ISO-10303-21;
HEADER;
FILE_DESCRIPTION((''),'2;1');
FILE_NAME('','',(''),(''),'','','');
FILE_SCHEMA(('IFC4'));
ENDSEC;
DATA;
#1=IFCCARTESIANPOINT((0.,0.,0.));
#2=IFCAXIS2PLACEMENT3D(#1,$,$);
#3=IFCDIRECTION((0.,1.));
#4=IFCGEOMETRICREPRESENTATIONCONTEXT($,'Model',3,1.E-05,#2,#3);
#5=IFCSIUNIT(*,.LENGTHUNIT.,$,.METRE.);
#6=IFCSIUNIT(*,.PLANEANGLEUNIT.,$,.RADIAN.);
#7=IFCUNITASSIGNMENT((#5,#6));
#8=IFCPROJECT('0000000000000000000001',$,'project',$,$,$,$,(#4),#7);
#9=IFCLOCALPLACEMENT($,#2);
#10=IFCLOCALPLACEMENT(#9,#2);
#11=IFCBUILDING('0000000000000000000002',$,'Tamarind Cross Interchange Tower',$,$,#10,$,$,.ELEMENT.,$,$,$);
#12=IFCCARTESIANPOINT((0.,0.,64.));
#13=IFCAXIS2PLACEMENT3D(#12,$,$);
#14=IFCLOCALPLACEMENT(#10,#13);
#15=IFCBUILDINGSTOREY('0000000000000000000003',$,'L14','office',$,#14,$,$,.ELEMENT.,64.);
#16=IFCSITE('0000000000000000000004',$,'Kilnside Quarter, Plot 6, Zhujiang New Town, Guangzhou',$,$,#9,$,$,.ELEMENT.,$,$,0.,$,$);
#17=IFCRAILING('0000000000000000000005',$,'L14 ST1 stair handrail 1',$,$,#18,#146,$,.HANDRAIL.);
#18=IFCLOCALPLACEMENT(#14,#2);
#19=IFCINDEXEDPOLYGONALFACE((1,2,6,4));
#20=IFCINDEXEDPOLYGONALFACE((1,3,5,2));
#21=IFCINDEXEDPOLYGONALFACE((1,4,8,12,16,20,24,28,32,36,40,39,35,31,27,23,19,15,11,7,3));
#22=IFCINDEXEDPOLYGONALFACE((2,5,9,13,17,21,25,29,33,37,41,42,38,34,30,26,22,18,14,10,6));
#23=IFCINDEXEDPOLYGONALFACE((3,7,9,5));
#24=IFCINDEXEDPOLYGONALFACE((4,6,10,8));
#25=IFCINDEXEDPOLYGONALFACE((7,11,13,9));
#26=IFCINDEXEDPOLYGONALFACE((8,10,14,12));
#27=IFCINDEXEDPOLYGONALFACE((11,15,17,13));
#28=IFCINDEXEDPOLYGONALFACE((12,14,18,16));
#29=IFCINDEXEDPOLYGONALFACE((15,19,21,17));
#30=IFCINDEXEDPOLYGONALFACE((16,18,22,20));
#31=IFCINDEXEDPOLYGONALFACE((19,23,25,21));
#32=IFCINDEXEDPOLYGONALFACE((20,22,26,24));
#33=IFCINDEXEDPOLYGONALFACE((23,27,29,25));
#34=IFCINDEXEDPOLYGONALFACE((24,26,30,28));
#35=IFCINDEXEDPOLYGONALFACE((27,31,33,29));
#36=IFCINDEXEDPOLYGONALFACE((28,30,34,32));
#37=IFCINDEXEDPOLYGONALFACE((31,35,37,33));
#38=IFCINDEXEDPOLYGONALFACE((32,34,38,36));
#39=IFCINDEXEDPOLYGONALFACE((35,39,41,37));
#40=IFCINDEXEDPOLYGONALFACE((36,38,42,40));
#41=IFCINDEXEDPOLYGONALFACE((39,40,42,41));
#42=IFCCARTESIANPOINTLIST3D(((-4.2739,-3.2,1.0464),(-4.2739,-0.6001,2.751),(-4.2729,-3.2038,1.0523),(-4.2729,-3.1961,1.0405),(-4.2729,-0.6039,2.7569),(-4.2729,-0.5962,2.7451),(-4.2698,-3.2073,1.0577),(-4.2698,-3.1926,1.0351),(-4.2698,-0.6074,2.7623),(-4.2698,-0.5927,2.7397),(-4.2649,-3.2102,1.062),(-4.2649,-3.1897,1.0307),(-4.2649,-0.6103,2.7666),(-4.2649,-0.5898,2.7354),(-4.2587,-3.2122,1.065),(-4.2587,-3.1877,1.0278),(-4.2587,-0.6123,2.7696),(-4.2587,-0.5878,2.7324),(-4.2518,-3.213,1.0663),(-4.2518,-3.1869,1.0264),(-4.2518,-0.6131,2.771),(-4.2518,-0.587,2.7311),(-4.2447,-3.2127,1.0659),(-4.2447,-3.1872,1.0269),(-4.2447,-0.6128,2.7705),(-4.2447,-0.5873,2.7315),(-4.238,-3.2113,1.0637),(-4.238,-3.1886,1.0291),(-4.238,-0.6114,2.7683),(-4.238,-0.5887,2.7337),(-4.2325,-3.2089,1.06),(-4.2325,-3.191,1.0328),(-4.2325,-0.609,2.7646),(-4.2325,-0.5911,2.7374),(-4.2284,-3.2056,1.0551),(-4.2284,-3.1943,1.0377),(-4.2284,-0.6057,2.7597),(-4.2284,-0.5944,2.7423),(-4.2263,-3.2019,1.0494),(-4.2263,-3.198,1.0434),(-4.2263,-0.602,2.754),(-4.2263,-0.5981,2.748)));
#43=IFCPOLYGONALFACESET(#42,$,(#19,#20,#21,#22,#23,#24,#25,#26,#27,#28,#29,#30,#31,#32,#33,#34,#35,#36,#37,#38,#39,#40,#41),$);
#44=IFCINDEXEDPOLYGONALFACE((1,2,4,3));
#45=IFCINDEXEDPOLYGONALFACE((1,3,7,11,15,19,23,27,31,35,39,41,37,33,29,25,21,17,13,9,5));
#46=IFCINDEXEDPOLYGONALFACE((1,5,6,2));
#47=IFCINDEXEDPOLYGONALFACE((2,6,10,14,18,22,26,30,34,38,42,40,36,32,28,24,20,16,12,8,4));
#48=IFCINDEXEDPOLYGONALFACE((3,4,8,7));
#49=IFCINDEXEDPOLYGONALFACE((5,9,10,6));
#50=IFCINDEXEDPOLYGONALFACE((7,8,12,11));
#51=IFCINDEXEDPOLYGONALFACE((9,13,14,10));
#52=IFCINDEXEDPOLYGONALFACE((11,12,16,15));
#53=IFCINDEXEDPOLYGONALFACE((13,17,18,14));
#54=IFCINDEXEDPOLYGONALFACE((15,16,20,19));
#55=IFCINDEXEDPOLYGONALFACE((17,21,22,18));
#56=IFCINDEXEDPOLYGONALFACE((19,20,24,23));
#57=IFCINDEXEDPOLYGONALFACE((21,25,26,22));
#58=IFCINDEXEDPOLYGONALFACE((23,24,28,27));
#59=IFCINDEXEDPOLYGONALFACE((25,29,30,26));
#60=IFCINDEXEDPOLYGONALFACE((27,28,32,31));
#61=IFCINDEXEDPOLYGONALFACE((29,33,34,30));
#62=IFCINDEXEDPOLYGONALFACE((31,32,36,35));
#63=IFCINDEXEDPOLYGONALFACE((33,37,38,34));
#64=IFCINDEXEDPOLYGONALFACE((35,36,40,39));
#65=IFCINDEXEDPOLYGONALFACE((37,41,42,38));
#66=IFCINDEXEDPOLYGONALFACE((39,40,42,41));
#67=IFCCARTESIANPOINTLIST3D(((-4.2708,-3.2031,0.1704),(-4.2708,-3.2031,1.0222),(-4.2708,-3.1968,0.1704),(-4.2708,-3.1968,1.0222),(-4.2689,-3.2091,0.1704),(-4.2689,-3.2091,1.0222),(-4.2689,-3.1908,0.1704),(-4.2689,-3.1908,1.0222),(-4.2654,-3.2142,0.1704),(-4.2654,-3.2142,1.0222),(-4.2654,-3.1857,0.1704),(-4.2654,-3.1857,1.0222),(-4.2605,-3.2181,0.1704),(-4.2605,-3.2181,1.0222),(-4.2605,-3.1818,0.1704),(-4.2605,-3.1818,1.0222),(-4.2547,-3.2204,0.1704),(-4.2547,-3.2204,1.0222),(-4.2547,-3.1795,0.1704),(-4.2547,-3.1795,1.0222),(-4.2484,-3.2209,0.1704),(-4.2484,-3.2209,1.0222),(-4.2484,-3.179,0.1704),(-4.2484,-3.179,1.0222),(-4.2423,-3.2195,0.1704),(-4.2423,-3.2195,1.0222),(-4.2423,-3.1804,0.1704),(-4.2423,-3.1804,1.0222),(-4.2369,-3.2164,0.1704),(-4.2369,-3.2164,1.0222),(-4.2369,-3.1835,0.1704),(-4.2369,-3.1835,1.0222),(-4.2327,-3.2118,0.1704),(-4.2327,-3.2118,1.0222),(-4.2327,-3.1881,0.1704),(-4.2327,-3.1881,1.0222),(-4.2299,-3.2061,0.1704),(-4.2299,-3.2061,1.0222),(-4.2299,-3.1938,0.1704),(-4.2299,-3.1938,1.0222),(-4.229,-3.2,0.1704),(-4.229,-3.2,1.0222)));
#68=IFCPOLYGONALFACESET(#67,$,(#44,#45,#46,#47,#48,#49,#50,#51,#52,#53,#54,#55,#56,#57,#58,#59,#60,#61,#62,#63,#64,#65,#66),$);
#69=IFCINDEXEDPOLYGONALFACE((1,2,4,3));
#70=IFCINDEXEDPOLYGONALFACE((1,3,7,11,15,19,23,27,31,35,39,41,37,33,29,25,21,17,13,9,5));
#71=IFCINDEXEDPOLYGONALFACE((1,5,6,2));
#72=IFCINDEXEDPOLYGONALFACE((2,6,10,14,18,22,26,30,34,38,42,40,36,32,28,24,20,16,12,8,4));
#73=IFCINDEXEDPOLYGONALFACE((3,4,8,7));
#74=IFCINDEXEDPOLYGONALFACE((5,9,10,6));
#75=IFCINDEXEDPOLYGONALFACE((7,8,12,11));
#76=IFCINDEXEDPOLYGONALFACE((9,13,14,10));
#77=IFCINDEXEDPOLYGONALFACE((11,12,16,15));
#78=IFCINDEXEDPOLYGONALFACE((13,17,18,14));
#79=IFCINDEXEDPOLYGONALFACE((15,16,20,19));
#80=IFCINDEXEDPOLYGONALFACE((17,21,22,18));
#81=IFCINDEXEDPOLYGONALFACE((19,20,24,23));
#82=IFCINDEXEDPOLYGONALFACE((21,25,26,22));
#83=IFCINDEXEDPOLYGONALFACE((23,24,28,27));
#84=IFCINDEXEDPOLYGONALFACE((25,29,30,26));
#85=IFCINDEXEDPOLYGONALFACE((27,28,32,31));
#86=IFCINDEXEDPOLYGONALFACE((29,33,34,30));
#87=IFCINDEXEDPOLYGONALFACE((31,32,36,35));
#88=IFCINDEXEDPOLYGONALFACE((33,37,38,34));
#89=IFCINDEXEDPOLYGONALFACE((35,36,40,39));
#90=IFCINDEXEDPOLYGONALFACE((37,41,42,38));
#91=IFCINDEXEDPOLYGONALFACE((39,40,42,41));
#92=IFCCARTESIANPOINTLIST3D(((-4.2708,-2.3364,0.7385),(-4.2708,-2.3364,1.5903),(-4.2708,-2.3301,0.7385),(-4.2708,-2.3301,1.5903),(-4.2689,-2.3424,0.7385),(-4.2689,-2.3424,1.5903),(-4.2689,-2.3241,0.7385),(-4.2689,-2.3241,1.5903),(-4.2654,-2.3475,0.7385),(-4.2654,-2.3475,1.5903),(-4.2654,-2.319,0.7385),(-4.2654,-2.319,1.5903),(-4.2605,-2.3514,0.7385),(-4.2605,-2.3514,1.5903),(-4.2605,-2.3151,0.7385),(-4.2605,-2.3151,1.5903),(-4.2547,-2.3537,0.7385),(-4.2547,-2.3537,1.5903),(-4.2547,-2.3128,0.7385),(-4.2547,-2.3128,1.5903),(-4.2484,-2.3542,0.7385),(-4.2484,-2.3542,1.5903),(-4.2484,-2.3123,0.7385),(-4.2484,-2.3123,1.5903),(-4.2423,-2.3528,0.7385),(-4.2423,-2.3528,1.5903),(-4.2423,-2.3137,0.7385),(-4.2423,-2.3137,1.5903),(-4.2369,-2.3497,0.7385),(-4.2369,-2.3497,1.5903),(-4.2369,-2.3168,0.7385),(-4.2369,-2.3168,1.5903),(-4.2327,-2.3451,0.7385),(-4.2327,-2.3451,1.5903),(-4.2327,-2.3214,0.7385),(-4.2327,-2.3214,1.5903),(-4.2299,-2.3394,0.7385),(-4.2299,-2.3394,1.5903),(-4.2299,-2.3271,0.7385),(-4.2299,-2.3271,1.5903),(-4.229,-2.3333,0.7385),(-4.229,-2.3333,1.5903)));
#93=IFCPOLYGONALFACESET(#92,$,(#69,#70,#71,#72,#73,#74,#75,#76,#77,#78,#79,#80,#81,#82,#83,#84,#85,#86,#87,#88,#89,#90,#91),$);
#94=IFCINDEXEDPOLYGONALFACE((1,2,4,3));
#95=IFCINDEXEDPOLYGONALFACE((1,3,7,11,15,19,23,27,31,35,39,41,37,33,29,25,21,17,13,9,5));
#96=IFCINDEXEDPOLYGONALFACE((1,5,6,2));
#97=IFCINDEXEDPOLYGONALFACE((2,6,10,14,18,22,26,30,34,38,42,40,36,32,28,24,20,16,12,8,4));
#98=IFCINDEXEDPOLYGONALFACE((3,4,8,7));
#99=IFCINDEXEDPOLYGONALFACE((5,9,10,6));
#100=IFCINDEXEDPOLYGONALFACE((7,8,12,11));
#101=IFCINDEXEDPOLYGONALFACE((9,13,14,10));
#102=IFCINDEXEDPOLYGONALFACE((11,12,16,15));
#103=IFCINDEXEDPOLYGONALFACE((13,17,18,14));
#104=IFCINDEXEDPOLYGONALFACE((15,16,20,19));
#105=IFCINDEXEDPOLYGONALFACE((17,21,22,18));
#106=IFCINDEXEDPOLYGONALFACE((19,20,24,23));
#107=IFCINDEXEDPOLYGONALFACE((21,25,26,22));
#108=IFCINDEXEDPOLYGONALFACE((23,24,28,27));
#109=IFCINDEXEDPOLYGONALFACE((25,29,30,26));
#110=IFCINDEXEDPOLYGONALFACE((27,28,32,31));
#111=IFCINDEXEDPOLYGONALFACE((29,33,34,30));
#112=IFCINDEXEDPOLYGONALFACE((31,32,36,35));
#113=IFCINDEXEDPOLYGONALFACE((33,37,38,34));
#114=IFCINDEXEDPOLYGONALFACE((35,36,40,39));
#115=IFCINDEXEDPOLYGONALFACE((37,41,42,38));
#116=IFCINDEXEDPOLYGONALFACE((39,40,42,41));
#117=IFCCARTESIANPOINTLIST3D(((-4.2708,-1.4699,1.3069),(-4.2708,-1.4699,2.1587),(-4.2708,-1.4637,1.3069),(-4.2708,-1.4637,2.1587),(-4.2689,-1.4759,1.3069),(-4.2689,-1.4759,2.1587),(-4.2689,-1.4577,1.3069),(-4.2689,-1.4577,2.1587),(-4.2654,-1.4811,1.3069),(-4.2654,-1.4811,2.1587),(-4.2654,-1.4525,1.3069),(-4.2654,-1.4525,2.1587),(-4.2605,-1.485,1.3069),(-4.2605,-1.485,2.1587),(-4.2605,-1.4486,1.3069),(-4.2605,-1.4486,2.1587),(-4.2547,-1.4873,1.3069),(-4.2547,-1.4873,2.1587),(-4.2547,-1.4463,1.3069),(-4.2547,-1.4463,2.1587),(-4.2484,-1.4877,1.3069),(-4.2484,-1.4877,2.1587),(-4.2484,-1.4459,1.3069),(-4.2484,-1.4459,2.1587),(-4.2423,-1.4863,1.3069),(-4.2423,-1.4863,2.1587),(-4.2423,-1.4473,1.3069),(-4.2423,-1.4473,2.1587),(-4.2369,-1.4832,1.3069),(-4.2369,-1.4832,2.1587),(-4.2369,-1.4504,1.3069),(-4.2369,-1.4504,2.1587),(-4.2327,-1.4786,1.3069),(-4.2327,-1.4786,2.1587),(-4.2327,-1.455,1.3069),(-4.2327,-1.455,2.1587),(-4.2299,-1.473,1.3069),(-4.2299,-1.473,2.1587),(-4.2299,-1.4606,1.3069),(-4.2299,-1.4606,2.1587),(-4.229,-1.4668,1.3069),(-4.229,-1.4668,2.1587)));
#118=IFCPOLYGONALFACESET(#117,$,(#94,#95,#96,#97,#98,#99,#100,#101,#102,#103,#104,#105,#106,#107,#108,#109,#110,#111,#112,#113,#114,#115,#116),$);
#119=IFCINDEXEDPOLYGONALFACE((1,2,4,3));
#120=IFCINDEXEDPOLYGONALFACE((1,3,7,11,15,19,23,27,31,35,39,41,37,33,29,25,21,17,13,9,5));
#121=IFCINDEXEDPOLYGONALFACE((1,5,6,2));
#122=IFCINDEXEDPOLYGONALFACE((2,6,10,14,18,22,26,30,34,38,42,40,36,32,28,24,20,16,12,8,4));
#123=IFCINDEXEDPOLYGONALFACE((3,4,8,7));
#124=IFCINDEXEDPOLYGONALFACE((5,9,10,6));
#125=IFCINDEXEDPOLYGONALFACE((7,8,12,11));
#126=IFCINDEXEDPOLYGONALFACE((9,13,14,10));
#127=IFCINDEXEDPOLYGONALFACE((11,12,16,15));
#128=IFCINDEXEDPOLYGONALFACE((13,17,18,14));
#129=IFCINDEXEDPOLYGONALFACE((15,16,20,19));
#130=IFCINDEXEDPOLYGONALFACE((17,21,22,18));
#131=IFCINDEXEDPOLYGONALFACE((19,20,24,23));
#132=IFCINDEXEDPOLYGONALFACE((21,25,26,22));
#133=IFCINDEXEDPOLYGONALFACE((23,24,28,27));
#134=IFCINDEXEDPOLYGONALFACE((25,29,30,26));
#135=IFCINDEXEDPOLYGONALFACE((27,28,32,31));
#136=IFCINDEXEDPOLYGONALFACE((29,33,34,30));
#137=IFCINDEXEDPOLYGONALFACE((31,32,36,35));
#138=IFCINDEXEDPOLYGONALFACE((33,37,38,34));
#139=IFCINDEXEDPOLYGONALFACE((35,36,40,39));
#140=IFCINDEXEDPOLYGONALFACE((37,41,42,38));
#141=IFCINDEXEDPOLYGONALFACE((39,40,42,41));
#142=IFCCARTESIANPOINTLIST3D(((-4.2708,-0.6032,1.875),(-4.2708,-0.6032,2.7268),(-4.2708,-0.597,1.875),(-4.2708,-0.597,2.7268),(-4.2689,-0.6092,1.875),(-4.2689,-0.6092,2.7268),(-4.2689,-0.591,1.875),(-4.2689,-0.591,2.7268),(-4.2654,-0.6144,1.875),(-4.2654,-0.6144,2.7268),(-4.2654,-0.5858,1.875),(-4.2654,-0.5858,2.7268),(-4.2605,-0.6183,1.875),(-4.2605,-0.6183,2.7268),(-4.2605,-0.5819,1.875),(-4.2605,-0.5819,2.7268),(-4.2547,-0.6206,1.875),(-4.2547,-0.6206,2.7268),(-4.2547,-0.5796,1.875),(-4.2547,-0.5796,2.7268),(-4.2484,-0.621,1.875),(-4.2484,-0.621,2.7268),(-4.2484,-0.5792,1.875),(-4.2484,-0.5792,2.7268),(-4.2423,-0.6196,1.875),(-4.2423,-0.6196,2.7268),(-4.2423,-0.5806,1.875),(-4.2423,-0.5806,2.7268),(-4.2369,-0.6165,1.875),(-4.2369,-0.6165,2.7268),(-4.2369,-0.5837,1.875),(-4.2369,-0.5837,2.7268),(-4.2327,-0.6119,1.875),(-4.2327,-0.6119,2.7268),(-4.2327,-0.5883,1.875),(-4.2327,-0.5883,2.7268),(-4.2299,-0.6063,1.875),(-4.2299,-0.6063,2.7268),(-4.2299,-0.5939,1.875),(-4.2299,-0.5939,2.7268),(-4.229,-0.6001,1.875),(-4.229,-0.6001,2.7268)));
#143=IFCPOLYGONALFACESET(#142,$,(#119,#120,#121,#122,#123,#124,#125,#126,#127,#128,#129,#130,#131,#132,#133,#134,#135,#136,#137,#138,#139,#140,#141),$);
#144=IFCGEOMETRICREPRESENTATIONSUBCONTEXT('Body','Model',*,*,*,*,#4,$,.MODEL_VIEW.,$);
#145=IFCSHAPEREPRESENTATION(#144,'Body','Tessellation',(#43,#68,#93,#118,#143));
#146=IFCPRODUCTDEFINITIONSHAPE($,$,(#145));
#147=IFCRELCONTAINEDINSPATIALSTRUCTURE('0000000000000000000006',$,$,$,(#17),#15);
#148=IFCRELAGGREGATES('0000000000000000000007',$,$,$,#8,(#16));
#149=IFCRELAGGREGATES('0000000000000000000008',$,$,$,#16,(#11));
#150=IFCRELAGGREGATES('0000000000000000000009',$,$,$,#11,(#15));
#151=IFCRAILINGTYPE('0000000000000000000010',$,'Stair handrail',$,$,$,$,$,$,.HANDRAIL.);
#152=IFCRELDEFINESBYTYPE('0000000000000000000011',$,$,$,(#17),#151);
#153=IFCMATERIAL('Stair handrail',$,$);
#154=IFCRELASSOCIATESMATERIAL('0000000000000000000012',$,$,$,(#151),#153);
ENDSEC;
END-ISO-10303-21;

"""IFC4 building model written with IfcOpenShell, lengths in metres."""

from ifc_helpers import new_model, si_unit, direction, frame, origin, origin_2d, place, context, subcontext, project, spatial, circle, extrude, material, type_object, element, save


model = new_model("IFC4")

# Units and contexts
model_context = context("Model", 3, precision=1e-05, world=origin(), true_north=direction((0.0, 1.0)))
body_context = subcontext(model_context, "Body", "Model", "MODEL_VIEW")
ifc_project = project(units=[si_unit("LENGTHUNIT", "METRE"), si_unit("PLANEANGLEUNIT", "RADIAN")], contexts=[model_context])

# Site, building, storey
site_placement = place(None, origin())
site = spatial("IfcSite", under=ifc_project, at=site_placement, Name="Kilnside Quarter, Plot 6, Zhujiang New Town, Guangzhou", CompositionType="ELEMENT", RefElevation=0.0)
building_placement = place(site_placement, origin())
building = spatial("IfcBuilding", under=site, at=building_placement, Name="Tamarind Cross Interchange Tower", CompositionType="ELEMENT")
storey_placement = place(building_placement, frame((0.0, 0.0, 64.0)))
storey = spatial("IfcBuildingStorey", under=building, at=storey_placement, Name="L14", Description="office", CompositionType="ELEMENT", Elevation=64.0)

# Railing
ifc_material_1 = material(Name="Stair handrail")
railing_type_1 = type_object("IfcRailingType", Name="Stair handrail", PredefinedType="HANDRAIL", material=ifc_material_1)
railing_1_placement = place(storey_placement, frame((-4.25, -3.2, 0.1704)))
element("IfcRailing", 1, at=railing_1_placement, inside=storey, type_object=railing_type_1, Name="L14 ST1 stair handrail 1", PredefinedType="HANDRAIL", context=body_context, shape_type="SweptSolid", body=[
    extrude(circle(Radius=0.0239, at=origin_2d()), frame((0.0, 0.0, 0.876), z_axis=(0.0, 0.836279, 0.548305), x_axis=(-1.0, 0.0, 0.0)), (0.0, 0.0, 1.0), 3.1089),
    extrude(circle(Radius=0.021, at=origin_2d()), origin(), (0.0, 0.0, 1.0), 0.8518),
    extrude(circle(Radius=0.021, at=origin_2d()), frame((0.0, 0.8667, 0.5681)), (0.0, 0.0, 1.0), 0.8518),
    extrude(circle(Radius=0.021, at=origin_2d()), frame((0.0, 1.7332, 1.1365)), (0.0, 0.0, 1.0), 0.8518),
    extrude(circle(Radius=0.021, at=origin_2d()), frame((0.0, 2.5999, 1.7046)), (0.0, 0.0, 1.0), 0.8518),
])

save(model, "model.ifc")
